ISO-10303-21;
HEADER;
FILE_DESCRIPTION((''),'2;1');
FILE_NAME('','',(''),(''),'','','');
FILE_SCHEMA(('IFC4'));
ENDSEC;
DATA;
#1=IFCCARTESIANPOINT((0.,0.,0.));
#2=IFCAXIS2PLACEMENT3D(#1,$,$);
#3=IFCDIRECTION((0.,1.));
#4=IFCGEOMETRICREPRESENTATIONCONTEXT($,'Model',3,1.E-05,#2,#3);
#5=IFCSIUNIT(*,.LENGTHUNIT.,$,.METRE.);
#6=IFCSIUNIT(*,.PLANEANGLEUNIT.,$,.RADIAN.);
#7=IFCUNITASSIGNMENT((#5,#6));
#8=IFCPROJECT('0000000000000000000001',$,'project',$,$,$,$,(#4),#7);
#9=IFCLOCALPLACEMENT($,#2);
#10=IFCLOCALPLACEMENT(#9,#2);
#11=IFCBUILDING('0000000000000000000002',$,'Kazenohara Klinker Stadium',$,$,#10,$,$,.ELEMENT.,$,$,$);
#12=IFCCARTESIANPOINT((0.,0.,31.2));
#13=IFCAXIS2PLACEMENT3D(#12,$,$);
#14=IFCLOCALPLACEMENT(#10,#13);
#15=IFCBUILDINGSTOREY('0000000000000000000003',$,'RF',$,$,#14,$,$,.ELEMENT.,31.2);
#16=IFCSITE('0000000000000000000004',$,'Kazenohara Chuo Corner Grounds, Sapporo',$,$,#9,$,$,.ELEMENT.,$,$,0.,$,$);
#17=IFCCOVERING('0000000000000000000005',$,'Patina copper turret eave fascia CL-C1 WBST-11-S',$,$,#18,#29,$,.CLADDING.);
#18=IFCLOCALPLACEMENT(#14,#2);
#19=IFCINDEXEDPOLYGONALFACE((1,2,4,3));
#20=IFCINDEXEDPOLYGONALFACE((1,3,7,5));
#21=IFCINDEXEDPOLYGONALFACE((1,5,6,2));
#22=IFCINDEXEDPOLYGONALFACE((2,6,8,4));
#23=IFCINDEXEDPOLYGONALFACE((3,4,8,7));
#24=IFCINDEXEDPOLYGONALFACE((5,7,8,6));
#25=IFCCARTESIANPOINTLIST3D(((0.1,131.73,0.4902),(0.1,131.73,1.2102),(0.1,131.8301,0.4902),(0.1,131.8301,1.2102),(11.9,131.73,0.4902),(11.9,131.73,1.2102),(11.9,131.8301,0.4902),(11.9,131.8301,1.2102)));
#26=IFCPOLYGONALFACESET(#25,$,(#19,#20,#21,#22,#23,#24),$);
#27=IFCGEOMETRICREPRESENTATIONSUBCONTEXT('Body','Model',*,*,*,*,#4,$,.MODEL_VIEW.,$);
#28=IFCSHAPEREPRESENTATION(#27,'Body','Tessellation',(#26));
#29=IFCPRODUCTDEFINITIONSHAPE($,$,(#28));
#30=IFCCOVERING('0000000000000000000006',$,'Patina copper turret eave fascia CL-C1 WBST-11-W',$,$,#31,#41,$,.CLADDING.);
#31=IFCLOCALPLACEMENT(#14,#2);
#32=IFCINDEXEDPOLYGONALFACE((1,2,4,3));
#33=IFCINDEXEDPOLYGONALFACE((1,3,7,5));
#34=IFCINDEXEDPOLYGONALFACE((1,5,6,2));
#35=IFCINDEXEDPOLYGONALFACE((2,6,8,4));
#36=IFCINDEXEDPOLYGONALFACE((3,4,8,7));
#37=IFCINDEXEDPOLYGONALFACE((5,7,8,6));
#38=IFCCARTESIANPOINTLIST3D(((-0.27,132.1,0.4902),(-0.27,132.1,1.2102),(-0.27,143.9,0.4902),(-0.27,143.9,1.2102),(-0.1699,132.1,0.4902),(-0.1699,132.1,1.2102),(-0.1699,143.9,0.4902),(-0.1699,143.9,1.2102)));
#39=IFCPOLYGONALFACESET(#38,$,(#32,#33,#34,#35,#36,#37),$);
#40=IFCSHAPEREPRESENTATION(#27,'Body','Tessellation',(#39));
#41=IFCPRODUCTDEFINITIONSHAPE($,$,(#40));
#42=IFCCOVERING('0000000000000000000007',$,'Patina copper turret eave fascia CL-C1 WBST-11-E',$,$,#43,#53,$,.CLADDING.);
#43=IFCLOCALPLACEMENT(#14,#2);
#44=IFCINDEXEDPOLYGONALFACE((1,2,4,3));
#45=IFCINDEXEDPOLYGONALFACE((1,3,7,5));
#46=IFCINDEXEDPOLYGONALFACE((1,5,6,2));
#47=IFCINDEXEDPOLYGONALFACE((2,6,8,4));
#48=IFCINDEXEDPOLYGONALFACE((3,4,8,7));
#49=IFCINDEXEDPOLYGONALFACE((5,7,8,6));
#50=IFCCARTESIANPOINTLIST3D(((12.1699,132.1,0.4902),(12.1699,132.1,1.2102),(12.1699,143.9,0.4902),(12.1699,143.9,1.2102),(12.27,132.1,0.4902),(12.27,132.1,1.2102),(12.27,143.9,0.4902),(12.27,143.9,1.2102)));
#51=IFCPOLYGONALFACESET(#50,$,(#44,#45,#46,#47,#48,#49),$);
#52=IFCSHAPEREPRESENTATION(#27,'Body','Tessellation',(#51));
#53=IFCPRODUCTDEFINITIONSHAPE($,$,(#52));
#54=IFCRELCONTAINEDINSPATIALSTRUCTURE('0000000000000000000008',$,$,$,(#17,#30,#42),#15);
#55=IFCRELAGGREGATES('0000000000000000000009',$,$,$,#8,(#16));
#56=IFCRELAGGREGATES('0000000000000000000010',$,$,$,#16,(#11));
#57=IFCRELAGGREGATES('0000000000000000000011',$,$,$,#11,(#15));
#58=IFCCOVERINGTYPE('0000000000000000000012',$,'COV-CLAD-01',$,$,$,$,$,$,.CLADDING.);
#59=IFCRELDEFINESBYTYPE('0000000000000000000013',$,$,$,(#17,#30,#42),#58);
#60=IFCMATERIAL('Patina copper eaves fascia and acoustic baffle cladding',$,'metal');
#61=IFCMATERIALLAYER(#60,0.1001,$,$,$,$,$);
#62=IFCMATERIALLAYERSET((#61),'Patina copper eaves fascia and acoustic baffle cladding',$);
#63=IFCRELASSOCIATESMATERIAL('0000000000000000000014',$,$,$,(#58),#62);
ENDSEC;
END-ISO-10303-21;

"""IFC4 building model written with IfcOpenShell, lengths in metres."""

from ifc_helpers import new_model, si_unit, direction, frame, origin, origin_2d, place, context, subcontext, project, spatial, rectangle, extrude, material, layer, layer_set, type_object, element, save


model = new_model("IFC4")

# Units and contexts
model_context = context("Model", 3, precision=1e-05, world=origin(), true_north=direction((0.0, 1.0)))
body_context = subcontext(model_context, "Body", "Model", "MODEL_VIEW")
ifc_project = project(units=[si_unit("LENGTHUNIT", "METRE"), si_unit("PLANEANGLEUNIT", "RADIAN")], contexts=[model_context])

# Site, building, storey
site_placement = place(None, origin())
site = spatial("IfcSite", under=ifc_project, at=site_placement, Name="Kazenohara Chuo Corner Grounds, Sapporo", CompositionType="ELEMENT", RefElevation=0.0)
building_placement = place(site_placement, origin())
building = spatial("IfcBuilding", under=site, at=building_placement, Name="Kazenohara Klinker Stadium", CompositionType="ELEMENT")
storey_placement = place(building_placement, frame((0.0, 0.0, 31.2)))
storey = spatial("IfcBuildingStorey", under=building, at=storey_placement, Name="RF", CompositionType="ELEMENT", Elevation=31.2)

# Coverings
ifc_material_1 = material(Name="Patina copper eaves fascia and acoustic baffle cladding", Category="metal")
ifc_layer_1 = layer(ifc_material_1, 0.1001)
ifc_layer_set_1 = layer_set([ifc_layer_1], Name="Patina copper eaves fascia and acoustic baffle cladding")
covering_type = type_object("IfcCoveringType", Name="COV-CLAD-01", PredefinedType="CLADDING", material=ifc_layer_set_1)
for number, where, z_axis, x_axis, name in (
    (1, (6.0, 131.78, 0.4902), (0.0, 0.0, 1.0), (1.0, 0.0, 0.0), "Patina copper turret eave fascia CL-C1 WBST-11-S"),
):
    element("IfcCovering", number, at=place(storey_placement, frame(where, z_axis=z_axis, x_axis=x_axis)), inside=storey, type_object=covering_type, Name=name, PredefinedType="CLADDING", context=body_context, shape_type="SweptSolid", body=[
        extrude(rectangle(XDim=11.8, YDim=0.1001, at=origin_2d()), origin(), (0.0, 0.0, 1.0), 0.72),
    ])
for number, where, z_axis, x_axis, name in (
    (2, (-0.22, 138.0, 0.4902), (0.0, 0.0, 1.0), (1.0, 0.0, 0.0), "Patina copper turret eave fascia CL-C1 WBST-11-W"),
    (3, (12.22, 138.0, 0.4902), (0.0, 0.0, 1.0), (1.0, 0.0, 0.0), "Patina copper turret eave fascia CL-C1 WBST-11-E"),
):
    element("IfcCovering", number, at=place(storey_placement, frame(where, z_axis=z_axis, x_axis=x_axis)), inside=storey, type_object=covering_type, Name=name, PredefinedType="CLADDING", context=body_context, shape_type="SweptSolid", body=[
        extrude(rectangle(XDim=0.1001, YDim=11.8, at=origin_2d()), origin(), (0.0, 0.0, 1.0), 0.72),
    ])

save(model, "model.ifc")
